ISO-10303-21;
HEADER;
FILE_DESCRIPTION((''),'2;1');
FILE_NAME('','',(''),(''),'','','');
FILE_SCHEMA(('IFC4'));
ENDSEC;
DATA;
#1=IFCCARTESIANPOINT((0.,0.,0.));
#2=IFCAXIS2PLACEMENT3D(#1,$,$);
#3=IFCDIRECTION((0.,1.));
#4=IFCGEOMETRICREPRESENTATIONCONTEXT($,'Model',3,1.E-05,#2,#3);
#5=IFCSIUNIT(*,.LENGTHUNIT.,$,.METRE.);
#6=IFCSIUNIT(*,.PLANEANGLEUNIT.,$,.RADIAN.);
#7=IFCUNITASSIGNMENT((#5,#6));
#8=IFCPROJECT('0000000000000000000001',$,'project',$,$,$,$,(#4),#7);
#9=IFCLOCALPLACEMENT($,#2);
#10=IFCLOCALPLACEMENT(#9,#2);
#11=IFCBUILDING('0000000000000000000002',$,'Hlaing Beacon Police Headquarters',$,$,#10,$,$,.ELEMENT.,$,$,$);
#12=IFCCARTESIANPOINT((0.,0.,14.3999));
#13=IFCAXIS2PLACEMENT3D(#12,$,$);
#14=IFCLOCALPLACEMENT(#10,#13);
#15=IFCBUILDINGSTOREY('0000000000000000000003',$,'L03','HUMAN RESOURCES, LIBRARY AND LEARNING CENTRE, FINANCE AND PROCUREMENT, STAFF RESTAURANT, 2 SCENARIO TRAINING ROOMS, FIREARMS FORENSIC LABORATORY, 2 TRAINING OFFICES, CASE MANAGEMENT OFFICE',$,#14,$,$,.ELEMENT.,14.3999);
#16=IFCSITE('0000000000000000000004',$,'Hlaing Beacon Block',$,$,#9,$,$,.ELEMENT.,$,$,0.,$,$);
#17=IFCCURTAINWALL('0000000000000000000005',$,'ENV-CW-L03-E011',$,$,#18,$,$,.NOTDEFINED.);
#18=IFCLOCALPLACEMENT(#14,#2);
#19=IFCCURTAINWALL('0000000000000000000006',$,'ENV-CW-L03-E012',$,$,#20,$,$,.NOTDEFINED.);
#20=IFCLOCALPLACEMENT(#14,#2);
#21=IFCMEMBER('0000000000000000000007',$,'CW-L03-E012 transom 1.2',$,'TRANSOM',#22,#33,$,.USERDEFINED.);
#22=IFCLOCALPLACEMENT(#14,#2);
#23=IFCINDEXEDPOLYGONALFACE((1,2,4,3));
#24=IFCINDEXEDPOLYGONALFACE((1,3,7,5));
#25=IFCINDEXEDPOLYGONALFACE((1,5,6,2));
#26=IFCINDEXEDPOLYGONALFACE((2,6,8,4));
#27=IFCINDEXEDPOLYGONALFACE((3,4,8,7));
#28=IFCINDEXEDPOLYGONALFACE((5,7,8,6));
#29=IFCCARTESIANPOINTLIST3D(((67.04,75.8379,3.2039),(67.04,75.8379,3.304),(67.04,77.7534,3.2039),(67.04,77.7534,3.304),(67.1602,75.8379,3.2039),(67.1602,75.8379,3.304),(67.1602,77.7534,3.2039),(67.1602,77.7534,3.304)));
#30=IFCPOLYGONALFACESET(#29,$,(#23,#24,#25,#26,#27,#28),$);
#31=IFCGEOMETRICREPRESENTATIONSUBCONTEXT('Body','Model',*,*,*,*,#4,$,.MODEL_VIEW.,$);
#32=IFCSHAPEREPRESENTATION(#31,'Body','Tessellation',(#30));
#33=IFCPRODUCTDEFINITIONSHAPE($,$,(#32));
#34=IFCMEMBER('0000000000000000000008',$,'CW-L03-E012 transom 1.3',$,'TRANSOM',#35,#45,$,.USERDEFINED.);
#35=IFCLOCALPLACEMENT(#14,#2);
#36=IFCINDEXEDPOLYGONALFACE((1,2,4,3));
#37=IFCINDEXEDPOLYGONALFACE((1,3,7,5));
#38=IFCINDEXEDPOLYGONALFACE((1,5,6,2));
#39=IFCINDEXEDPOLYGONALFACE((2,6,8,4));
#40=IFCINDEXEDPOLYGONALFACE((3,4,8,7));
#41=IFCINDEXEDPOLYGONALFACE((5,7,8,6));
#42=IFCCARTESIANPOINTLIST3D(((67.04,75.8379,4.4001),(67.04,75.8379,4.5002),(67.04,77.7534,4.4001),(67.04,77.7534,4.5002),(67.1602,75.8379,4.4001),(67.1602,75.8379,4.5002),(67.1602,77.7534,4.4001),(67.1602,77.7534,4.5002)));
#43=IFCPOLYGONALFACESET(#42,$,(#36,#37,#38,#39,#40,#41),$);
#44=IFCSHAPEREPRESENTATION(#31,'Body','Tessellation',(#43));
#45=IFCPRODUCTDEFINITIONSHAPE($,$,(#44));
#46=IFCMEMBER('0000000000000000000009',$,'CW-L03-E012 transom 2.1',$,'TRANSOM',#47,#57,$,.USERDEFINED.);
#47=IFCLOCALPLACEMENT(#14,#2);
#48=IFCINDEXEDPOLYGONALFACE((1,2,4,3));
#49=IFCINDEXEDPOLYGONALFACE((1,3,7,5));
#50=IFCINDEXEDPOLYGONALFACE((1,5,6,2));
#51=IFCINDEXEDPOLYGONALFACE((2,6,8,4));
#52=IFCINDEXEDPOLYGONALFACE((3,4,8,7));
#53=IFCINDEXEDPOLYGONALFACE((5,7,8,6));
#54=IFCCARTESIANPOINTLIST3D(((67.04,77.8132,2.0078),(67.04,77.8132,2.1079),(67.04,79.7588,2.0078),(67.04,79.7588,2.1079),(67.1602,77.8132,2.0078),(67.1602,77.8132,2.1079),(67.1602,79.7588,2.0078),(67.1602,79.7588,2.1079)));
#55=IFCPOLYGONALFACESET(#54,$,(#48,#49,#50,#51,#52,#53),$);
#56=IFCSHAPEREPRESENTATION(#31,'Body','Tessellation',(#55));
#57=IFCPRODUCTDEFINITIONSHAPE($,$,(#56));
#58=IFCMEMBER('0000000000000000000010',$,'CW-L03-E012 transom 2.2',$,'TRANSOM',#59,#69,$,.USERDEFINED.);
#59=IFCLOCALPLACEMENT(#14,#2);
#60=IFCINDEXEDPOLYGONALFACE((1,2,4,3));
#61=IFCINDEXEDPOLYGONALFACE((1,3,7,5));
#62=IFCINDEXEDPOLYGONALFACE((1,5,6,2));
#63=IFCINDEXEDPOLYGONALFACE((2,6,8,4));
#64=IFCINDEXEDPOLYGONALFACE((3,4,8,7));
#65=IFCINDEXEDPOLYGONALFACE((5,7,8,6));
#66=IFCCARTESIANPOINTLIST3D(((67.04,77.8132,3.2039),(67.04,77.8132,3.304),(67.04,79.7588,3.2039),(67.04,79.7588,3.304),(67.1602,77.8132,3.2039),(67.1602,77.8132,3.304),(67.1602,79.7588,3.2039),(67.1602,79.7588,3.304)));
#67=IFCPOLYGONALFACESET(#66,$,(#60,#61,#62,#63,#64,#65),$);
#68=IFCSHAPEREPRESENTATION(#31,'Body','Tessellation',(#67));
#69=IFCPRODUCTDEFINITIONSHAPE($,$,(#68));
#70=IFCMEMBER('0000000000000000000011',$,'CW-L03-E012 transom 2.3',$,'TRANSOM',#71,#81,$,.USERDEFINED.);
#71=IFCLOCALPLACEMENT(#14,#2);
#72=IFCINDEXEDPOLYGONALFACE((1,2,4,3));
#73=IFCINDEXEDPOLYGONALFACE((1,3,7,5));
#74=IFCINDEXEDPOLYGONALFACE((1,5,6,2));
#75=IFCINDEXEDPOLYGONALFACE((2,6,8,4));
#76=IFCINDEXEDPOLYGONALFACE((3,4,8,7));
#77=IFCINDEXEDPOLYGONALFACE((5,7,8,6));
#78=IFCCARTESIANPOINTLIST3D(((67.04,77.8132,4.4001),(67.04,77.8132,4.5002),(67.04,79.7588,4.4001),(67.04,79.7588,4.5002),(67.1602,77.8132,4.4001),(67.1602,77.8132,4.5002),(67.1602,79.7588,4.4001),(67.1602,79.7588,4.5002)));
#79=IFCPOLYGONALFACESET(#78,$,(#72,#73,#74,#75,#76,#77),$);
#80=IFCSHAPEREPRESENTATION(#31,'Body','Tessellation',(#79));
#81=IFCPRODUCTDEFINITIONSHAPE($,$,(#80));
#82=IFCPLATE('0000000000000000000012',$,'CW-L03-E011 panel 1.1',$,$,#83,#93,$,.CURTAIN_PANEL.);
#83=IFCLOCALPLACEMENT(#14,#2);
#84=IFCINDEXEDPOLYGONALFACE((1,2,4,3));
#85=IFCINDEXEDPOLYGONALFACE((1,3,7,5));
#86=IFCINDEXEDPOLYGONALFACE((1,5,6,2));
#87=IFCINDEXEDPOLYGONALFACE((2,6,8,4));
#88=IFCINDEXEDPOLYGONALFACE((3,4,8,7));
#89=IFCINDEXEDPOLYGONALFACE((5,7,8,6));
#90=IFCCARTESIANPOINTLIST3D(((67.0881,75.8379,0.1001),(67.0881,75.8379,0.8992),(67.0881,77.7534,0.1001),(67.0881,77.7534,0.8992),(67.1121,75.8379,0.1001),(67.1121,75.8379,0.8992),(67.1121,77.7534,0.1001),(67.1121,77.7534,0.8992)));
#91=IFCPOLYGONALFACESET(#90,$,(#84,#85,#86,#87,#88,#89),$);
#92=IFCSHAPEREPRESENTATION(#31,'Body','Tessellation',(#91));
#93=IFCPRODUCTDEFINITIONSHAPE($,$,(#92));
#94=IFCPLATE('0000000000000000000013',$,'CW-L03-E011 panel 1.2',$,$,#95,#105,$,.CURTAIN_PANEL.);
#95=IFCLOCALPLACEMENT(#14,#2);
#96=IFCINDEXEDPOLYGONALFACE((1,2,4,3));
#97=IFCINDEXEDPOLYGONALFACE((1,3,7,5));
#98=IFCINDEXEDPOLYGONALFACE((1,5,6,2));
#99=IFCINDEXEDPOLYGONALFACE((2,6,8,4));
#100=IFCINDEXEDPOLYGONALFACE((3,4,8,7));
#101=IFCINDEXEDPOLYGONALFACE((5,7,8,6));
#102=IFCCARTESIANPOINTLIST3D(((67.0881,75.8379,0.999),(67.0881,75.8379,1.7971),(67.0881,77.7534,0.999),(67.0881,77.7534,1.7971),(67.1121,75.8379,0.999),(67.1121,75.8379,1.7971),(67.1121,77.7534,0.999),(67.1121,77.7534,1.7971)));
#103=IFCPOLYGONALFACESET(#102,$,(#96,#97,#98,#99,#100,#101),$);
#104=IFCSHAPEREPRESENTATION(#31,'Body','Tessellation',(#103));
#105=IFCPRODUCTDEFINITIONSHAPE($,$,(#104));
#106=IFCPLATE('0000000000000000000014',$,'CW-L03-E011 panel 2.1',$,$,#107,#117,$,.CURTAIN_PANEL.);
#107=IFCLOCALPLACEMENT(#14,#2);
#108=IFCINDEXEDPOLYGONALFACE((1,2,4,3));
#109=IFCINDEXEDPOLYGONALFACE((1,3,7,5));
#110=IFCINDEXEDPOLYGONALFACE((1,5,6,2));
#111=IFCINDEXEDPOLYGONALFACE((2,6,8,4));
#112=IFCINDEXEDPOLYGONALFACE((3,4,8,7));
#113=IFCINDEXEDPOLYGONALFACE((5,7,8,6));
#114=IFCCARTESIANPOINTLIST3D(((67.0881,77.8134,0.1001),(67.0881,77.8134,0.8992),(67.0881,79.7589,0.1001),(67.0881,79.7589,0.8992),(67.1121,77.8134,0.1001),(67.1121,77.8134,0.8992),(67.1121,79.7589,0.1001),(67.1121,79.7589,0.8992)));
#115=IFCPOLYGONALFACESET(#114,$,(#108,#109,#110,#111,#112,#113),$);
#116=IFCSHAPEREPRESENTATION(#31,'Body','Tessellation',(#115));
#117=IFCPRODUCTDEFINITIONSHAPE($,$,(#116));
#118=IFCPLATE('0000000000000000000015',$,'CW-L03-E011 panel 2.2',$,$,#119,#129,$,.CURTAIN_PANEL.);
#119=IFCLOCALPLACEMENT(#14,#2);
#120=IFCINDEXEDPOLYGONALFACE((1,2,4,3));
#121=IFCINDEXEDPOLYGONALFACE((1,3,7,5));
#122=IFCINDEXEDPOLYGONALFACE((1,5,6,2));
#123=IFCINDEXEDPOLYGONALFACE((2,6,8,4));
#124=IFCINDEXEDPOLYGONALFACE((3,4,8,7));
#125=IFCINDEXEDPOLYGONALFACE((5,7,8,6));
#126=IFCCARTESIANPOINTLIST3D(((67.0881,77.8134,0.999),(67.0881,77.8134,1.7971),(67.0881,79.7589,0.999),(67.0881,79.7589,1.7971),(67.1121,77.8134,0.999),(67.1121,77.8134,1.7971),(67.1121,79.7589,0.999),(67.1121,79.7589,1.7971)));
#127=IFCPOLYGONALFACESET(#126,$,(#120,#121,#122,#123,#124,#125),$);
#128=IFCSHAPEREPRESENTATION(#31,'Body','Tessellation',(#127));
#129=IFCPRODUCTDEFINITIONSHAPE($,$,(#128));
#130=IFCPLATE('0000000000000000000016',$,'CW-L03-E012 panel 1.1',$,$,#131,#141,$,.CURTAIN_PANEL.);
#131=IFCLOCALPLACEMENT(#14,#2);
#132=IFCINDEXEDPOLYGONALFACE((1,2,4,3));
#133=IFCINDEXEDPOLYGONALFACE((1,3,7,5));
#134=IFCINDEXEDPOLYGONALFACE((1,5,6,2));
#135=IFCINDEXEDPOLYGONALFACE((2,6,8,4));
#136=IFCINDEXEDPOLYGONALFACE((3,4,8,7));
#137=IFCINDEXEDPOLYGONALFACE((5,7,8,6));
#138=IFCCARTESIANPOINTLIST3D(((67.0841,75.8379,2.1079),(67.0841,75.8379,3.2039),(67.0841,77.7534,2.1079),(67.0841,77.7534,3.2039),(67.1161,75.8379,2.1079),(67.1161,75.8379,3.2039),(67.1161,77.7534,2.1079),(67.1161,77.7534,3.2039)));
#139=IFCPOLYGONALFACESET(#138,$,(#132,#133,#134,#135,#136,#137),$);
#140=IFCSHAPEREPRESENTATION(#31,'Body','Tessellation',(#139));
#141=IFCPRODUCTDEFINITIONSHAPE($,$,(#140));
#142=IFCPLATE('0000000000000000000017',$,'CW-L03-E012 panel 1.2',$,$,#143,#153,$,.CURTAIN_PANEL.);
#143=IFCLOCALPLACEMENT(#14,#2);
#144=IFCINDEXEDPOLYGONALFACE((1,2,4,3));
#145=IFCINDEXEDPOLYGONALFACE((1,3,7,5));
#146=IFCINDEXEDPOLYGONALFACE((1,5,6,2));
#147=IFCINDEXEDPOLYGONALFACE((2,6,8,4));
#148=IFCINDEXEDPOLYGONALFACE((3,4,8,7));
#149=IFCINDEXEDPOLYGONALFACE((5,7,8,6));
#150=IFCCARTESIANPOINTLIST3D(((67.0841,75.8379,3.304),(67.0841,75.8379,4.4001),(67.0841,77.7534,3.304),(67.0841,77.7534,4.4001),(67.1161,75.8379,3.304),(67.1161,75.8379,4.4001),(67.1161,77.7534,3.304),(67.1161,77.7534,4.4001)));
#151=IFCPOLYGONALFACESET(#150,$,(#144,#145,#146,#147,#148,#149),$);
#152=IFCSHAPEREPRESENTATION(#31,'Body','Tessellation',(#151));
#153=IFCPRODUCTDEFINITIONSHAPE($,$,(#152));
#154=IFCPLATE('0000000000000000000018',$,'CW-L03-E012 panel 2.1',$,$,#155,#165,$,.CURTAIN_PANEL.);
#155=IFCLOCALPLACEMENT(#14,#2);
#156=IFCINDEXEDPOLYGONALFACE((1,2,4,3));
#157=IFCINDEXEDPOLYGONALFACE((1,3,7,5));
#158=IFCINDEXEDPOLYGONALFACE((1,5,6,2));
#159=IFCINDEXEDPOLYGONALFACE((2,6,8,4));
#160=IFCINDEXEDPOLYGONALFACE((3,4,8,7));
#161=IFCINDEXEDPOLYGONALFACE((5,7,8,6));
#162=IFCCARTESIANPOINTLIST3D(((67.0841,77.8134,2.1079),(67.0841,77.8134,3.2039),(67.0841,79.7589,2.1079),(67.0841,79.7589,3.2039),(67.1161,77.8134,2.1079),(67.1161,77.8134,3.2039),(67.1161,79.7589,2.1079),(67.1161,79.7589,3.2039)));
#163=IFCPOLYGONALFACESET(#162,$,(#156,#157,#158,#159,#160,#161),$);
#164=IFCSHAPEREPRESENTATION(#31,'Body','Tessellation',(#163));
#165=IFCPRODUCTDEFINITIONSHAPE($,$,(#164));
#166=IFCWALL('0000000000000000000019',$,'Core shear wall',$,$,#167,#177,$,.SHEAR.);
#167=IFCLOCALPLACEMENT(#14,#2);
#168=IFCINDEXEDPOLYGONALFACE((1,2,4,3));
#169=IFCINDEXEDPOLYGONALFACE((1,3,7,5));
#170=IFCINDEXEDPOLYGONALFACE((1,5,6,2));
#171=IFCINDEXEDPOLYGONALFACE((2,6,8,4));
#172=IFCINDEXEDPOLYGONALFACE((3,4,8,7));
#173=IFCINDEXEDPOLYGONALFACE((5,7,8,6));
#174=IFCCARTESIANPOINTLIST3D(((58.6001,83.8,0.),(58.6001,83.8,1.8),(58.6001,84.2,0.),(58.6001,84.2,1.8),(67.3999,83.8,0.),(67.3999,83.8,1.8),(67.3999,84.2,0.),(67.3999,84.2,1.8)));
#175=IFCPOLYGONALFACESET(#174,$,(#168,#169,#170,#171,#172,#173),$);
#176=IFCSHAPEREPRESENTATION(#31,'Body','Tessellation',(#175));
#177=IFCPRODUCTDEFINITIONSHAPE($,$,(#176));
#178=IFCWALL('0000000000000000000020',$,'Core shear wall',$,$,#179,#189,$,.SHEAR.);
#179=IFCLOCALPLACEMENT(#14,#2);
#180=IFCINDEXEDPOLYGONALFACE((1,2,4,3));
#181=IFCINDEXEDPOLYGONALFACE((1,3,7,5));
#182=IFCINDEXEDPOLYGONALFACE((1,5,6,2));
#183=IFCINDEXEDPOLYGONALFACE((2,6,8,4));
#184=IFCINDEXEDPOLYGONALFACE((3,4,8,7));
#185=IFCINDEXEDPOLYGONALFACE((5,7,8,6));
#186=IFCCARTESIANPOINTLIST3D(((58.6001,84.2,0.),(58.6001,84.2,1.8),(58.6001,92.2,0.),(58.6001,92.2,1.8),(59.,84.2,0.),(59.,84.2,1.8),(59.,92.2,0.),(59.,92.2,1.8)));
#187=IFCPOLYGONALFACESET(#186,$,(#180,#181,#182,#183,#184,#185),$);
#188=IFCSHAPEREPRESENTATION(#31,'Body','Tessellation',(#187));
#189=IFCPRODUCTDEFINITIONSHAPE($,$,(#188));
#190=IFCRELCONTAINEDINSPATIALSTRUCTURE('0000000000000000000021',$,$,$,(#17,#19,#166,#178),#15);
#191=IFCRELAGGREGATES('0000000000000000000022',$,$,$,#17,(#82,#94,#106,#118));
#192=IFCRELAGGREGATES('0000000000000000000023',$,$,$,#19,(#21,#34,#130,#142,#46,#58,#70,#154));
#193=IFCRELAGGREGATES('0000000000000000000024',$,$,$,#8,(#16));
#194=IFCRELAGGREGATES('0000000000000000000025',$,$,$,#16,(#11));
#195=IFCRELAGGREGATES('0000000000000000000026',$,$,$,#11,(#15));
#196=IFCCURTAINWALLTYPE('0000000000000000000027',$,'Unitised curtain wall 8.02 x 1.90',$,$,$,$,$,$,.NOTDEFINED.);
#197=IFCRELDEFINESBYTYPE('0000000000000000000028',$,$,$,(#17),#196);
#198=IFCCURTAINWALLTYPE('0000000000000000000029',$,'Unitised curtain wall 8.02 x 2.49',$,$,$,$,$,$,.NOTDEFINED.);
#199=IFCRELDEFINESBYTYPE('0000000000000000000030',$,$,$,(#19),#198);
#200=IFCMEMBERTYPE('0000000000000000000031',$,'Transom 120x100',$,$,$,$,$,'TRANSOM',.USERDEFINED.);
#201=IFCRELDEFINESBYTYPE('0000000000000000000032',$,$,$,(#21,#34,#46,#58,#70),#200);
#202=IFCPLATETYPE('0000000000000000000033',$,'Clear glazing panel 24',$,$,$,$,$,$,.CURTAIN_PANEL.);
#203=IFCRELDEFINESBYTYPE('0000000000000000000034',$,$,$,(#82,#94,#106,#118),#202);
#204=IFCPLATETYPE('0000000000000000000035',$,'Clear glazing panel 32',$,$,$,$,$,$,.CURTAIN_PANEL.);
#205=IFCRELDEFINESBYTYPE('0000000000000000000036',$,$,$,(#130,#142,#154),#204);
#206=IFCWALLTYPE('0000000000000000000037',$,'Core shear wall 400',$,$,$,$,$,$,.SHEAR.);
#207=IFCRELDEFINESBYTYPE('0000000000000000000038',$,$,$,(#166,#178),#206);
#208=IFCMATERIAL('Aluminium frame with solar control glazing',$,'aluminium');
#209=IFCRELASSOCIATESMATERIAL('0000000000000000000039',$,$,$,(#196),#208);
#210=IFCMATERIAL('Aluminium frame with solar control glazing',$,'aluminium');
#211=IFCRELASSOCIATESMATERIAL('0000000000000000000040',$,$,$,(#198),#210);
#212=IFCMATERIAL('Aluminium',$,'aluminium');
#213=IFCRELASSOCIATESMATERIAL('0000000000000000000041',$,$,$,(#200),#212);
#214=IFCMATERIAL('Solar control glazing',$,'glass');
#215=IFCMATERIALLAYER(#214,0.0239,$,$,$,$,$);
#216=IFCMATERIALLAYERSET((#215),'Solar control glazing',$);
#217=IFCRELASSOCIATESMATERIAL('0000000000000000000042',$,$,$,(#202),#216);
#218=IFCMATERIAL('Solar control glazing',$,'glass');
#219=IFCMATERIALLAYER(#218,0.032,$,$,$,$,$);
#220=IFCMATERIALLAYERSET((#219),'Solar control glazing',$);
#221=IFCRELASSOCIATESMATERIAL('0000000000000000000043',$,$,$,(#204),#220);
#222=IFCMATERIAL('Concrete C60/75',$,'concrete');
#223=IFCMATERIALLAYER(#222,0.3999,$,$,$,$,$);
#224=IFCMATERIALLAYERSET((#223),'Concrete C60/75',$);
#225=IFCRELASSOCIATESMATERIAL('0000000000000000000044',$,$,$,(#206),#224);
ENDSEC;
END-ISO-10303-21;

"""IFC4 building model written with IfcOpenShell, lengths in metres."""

from ifc_helpers import new_model, si_unit, direction, frame, frame_2d, origin, origin_2d, place, context, subcontext, project, spatial, rectangle, extrude, material, layer, layer_set, material_profile, profile_set, type_object, element, aggregate, save


model = new_model("IFC4")

# Units and contexts
model_context = context("Model", 3, precision=1e-05, world=origin(), true_north=direction((0.0, 1.0)))
body_context = subcontext(model_context, "Body", "Model", "MODEL_VIEW")
ifc_project = project(units=[si_unit("LENGTHUNIT", "METRE"), si_unit("PLANEANGLEUNIT", "RADIAN")], contexts=[model_context])

# Site, building, storey
site_placement = place(None, origin())
site = spatial("IfcSite", under=ifc_project, at=site_placement, Name="Hlaing Beacon Block", CompositionType="ELEMENT", RefElevation=0.0)
building_placement = place(site_placement, origin())
building = spatial("IfcBuilding", under=site, at=building_placement, Name="Hlaing Beacon Police Headquarters", CompositionType="ELEMENT")
storey_placement = place(building_placement, frame((0.0, 0.0, 14.3999)))
storey = spatial("IfcBuildingStorey", under=building, at=storey_placement, Name="L03", Description="HUMAN RESOURCES, LIBRARY AND LEARNING CENTRE, FINANCE AND PROCUREMENT, STAFF RESTAURANT, 2 SCENARIO TRAINING ROOMS, FIREARMS FORENSIC LABORATORY, 2 TRAINING OFFICES, CASE MANAGEMENT OFFICE", CompositionType="ELEMENT", Elevation=14.3999)

# Curtain wall
ifc_material_1 = material(Name="Aluminium frame with solar control glazing", Category="aluminium")
curtain_wall_type_1 = type_object("IfcCurtainWallType", Name="Unitised curtain wall 8.02 x 1.90", PredefinedType="NOTDEFINED", material=ifc_material_1)
curtain_wall_1_placement = place(storey_placement, origin())
curtain_wall_1 = element("IfcCurtainWall", 1, at=curtain_wall_1_placement, inside=storey, type_object=curtain_wall_type_1, Name="ENV-CW-L03-E011", PredefinedType="NOTDEFINED")

# Curtain wall
ifc_material_2 = material(Name="Aluminium frame with solar control glazing", Category="aluminium")
curtain_wall_type_2 = type_object("IfcCurtainWallType", Name="Unitised curtain wall 8.02 x 2.49", PredefinedType="NOTDEFINED", material=ifc_material_2)
curtain_wall_2_placement = place(storey_placement, origin())
curtain_wall_2 = element("IfcCurtainWall", 2, at=curtain_wall_2_placement, inside=storey, type_object=curtain_wall_type_2, Name="ENV-CW-L03-E012", PredefinedType="NOTDEFINED")

# Shared definitions
ifc_material_3 = material(Name="Aluminium", Category="aluminium")
ifc_material_profile_1 = material_profile(ifc_material_3, rectangle(XDim=0.1201, YDim=0.1001, at=origin_2d()), Name="Transom 120x100")
ifc_profile_set_1 = profile_set([ifc_material_profile_1], Name="Aluminium")
member_type_1 = type_object("IfcMemberType", Name="Transom 120x100", ElementType="TRANSOM", PredefinedType="USERDEFINED", material=ifc_profile_set_1)

# Members
member_1_placement = place(storey_placement, frame((67.1001, 75.8379, 3.2539), z_axis=(0.0, 1.0, 0.0), x_axis=(-1.0, 0.0, 0.0)))
member_1 = element("IfcMember", 3, at=member_1_placement, type_object=member_type_1, Name="CW-L03-E012 transom 1.2", ObjectType="TRANSOM", PredefinedType="USERDEFINED", context=body_context, shape_type="SweptSolid", body=[
    extrude(rectangle(XDim=0.1201, YDim=0.1001, at=origin_2d()), origin(), (0.0, 0.0, 1.0), 1.9155),
])
member_2_placement = place(storey_placement, frame((67.1001, 75.8379, 4.4502), z_axis=(0.0, 1.0, 0.0), x_axis=(-1.0, 0.0, 0.0)))
member_2 = element("IfcMember", 4, at=member_2_placement, type_object=member_type_1, Name="CW-L03-E012 transom 1.3", ObjectType="TRANSOM", PredefinedType="USERDEFINED", context=body_context, shape_type="SweptSolid", body=[
    extrude(rectangle(XDim=0.1201, YDim=0.1001, at=origin_2d()), origin(), (0.0, 0.0, 1.0), 1.9155),
])
member_3_placement = place(storey_placement, frame((67.1001, 77.8132, 2.0579), z_axis=(0.0, 1.0, 0.0), x_axis=(-1.0, 0.0, 0.0)))
member_3 = element("IfcMember", 5, at=member_3_placement, type_object=member_type_1, Name="CW-L03-E012 transom 2.1", ObjectType="TRANSOM", PredefinedType="USERDEFINED", context=body_context, shape_type="SweptSolid", body=[
    extrude(rectangle(XDim=0.1201, YDim=0.1001, at=origin_2d()), origin(), (0.0, 0.0, 1.0), 1.9456),
])
member_4_placement = place(storey_placement, frame((67.1001, 77.8132, 3.2539), z_axis=(0.0, 1.0, 0.0), x_axis=(-1.0, 0.0, 0.0)))
member_4 = element("IfcMember", 6, at=member_4_placement, type_object=member_type_1, Name="CW-L03-E012 transom 2.2", ObjectType="TRANSOM", PredefinedType="USERDEFINED", context=body_context, shape_type="SweptSolid", body=[
    extrude(rectangle(XDim=0.1201, YDim=0.1001, at=origin_2d()), origin(), (0.0, 0.0, 1.0), 1.9456),
])
member_5_placement = place(storey_placement, frame((67.1001, 77.8132, 4.4502), z_axis=(0.0, 1.0, 0.0), x_axis=(-1.0, 0.0, 0.0)))
member_5 = element("IfcMember", 7, at=member_5_placement, type_object=member_type_1, Name="CW-L03-E012 transom 2.3", ObjectType="TRANSOM", PredefinedType="USERDEFINED", context=body_context, shape_type="SweptSolid", body=[
    extrude(rectangle(XDim=0.1201, YDim=0.1001, at=origin_2d()), origin(), (0.0, 0.0, 1.0), 1.9456),
])

# Plates
ifc_material_4 = material(Name="Solar control glazing", Category="glass")
ifc_layer_1 = layer(ifc_material_4, 0.0239)
ifc_layer_set_1 = layer_set([ifc_layer_1], Name="Solar control glazing")
plate_type_1 = type_object("IfcPlateType", Name="Clear glazing panel 24", PredefinedType="CURTAIN_PANEL", material=ifc_layer_set_1)
plate_1_placement = place(storey_placement, frame((67.1001, 76.7957, 0.1001), z_axis=(0.0, 0.0, 1.0), x_axis=(0.0, 1.0, 0.0)))
plate_1 = element("IfcPlate", 8, at=plate_1_placement, type_object=plate_type_1, Name="CW-L03-E011 panel 1.1", PredefinedType="CURTAIN_PANEL", context=body_context, shape_type="SweptSolid", body=[
    extrude(rectangle(XDim=1.9155, YDim=0.0239, at=origin_2d()), origin(), (0.0, 0.0, 1.0), 0.7991),
])
plate_2_placement = place(storey_placement, frame((67.1001, 76.7957, 0.999), z_axis=(0.0, 0.0, 1.0), x_axis=(0.0, 1.0, 0.0)))
plate_2 = element("IfcPlate", 9, at=plate_2_placement, type_object=plate_type_1, Name="CW-L03-E011 panel 1.2", PredefinedType="CURTAIN_PANEL", context=body_context, shape_type="SweptSolid", body=[
    extrude(rectangle(XDim=1.9155, YDim=0.0239, at=origin_2d()), origin(), (0.0, 0.0, 1.0), 0.7981),
])
plate_3_placement = place(storey_placement, frame((67.1001, 78.7861, 0.1001), z_axis=(0.0, 0.0, 1.0), x_axis=(0.0, 1.0, 0.0)))
plate_3 = element("IfcPlate", 10, at=plate_3_placement, type_object=plate_type_1, Name="CW-L03-E011 panel 2.1", PredefinedType="CURTAIN_PANEL", context=body_context, shape_type="SweptSolid", body=[
    extrude(rectangle(XDim=1.9456, YDim=0.0239, at=origin_2d()), origin(), (0.0, 0.0, 1.0), 0.7991),
])
plate_4_placement = place(storey_placement, frame((67.1001, 78.7861, 0.999), z_axis=(0.0, 0.0, 1.0), x_axis=(0.0, 1.0, 0.0)))
plate_4 = element("IfcPlate", 11, at=plate_4_placement, type_object=plate_type_1, Name="CW-L03-E011 panel 2.2", PredefinedType="CURTAIN_PANEL", context=body_context, shape_type="SweptSolid", body=[
    extrude(rectangle(XDim=1.9456, YDim=0.0239, at=origin_2d()), origin(), (0.0, 0.0, 1.0), 0.7981),
])
aggregate(curtain_wall_1, [plate_1, plate_2, plate_3, plate_4])
ifc_material_5 = material(Name="Solar control glazing", Category="glass")
ifc_layer_2 = layer(ifc_material_5, 0.032)
ifc_layer_set_2 = layer_set([ifc_layer_2], Name="Solar control glazing")
plate_type_2 = type_object("IfcPlateType", Name="Clear glazing panel 32", PredefinedType="CURTAIN_PANEL", material=ifc_layer_set_2)
plate_5_placement = place(storey_placement, frame((67.1001, 76.7957, 2.1079), z_axis=(0.0, 0.0, 1.0), x_axis=(0.0, 1.0, 0.0)))
plate_5 = element("IfcPlate", 12, at=plate_5_placement, type_object=plate_type_2, Name="CW-L03-E012 panel 1.1", PredefinedType="CURTAIN_PANEL", context=body_context, shape_type="SweptSolid", body=[
    extrude(rectangle(XDim=1.9155, YDim=0.032, at=origin_2d()), origin(), (0.0, 0.0, 1.0), 1.0959),
])
plate_6_placement = place(storey_placement, frame((67.1001, 76.7957, 3.304), z_axis=(0.0, 0.0, 1.0), x_axis=(0.0, 1.0, 0.0)))
plate_6 = element("IfcPlate", 13, at=plate_6_placement, type_object=plate_type_2, Name="CW-L03-E012 panel 1.2", PredefinedType="CURTAIN_PANEL", context=body_context, shape_type="SweptSolid", body=[
    extrude(rectangle(XDim=1.9155, YDim=0.032, at=origin_2d()), origin(), (0.0, 0.0, 1.0), 1.0962),
])
plate_7_placement = place(storey_placement, frame((67.1001, 78.7861, 2.1079), z_axis=(0.0, 0.0, 1.0), x_axis=(0.0, 1.0, 0.0)))
plate_7 = element("IfcPlate", 14, at=plate_7_placement, type_object=plate_type_2, Name="CW-L03-E012 panel 2.1", PredefinedType="CURTAIN_PANEL", context=body_context, shape_type="SweptSolid", body=[
    extrude(rectangle(XDim=1.9456, YDim=0.032, at=origin_2d()), origin(), (0.0, 0.0, 1.0), 1.0959),
])
aggregate(curtain_wall_2, [member_1, member_2, plate_5, plate_6, member_3, member_4, member_5, plate_7])

# Walls
ifc_material_6 = material(Name="Concrete C60/75", Category="concrete")
ifc_layer_3 = layer(ifc_material_6, 0.3999)
ifc_layer_set_3 = layer_set([ifc_layer_3], Name="Concrete C60/75")
wall_type_1 = type_object("IfcWallType", Name="Core shear wall 400", PredefinedType="SHEAR", material=ifc_layer_set_3)
wall_1_placement = place(storey_placement, frame((58.6001, 84.0, 0.0), z_axis=(0.0, 0.0, 1.0), x_axis=(1.0, 0.0, 0.0)))
element("IfcWall", 15, at=wall_1_placement, inside=storey, type_object=wall_type_1, Name="Core shear wall", PredefinedType="SHEAR", context=body_context, shape_type="SweptSolid", body=[
    extrude(rectangle(XDim=8.7998, YDim=0.3999, at=frame_2d((4.3999, 0.0))), origin(), (0.0, 0.0, 1.0), 1.8),
])
wall_2_placement = place(storey_placement, frame((58.8, 84.2, 0.0), z_axis=(0.0, 0.0, 1.0), x_axis=(0.0, 1.0, 0.0)))
element("IfcWall", 16, at=wall_2_placement, inside=storey, type_object=wall_type_1, Name="Core shear wall", PredefinedType="SHEAR", context=body_context, shape_type="SweptSolid", body=[
    extrude(rectangle(XDim=8.0, YDim=0.3999, at=frame_2d((4.0, 0.0))), origin(), (0.0, 0.0, 1.0), 1.8),
])

save(model, "model.ifc")
